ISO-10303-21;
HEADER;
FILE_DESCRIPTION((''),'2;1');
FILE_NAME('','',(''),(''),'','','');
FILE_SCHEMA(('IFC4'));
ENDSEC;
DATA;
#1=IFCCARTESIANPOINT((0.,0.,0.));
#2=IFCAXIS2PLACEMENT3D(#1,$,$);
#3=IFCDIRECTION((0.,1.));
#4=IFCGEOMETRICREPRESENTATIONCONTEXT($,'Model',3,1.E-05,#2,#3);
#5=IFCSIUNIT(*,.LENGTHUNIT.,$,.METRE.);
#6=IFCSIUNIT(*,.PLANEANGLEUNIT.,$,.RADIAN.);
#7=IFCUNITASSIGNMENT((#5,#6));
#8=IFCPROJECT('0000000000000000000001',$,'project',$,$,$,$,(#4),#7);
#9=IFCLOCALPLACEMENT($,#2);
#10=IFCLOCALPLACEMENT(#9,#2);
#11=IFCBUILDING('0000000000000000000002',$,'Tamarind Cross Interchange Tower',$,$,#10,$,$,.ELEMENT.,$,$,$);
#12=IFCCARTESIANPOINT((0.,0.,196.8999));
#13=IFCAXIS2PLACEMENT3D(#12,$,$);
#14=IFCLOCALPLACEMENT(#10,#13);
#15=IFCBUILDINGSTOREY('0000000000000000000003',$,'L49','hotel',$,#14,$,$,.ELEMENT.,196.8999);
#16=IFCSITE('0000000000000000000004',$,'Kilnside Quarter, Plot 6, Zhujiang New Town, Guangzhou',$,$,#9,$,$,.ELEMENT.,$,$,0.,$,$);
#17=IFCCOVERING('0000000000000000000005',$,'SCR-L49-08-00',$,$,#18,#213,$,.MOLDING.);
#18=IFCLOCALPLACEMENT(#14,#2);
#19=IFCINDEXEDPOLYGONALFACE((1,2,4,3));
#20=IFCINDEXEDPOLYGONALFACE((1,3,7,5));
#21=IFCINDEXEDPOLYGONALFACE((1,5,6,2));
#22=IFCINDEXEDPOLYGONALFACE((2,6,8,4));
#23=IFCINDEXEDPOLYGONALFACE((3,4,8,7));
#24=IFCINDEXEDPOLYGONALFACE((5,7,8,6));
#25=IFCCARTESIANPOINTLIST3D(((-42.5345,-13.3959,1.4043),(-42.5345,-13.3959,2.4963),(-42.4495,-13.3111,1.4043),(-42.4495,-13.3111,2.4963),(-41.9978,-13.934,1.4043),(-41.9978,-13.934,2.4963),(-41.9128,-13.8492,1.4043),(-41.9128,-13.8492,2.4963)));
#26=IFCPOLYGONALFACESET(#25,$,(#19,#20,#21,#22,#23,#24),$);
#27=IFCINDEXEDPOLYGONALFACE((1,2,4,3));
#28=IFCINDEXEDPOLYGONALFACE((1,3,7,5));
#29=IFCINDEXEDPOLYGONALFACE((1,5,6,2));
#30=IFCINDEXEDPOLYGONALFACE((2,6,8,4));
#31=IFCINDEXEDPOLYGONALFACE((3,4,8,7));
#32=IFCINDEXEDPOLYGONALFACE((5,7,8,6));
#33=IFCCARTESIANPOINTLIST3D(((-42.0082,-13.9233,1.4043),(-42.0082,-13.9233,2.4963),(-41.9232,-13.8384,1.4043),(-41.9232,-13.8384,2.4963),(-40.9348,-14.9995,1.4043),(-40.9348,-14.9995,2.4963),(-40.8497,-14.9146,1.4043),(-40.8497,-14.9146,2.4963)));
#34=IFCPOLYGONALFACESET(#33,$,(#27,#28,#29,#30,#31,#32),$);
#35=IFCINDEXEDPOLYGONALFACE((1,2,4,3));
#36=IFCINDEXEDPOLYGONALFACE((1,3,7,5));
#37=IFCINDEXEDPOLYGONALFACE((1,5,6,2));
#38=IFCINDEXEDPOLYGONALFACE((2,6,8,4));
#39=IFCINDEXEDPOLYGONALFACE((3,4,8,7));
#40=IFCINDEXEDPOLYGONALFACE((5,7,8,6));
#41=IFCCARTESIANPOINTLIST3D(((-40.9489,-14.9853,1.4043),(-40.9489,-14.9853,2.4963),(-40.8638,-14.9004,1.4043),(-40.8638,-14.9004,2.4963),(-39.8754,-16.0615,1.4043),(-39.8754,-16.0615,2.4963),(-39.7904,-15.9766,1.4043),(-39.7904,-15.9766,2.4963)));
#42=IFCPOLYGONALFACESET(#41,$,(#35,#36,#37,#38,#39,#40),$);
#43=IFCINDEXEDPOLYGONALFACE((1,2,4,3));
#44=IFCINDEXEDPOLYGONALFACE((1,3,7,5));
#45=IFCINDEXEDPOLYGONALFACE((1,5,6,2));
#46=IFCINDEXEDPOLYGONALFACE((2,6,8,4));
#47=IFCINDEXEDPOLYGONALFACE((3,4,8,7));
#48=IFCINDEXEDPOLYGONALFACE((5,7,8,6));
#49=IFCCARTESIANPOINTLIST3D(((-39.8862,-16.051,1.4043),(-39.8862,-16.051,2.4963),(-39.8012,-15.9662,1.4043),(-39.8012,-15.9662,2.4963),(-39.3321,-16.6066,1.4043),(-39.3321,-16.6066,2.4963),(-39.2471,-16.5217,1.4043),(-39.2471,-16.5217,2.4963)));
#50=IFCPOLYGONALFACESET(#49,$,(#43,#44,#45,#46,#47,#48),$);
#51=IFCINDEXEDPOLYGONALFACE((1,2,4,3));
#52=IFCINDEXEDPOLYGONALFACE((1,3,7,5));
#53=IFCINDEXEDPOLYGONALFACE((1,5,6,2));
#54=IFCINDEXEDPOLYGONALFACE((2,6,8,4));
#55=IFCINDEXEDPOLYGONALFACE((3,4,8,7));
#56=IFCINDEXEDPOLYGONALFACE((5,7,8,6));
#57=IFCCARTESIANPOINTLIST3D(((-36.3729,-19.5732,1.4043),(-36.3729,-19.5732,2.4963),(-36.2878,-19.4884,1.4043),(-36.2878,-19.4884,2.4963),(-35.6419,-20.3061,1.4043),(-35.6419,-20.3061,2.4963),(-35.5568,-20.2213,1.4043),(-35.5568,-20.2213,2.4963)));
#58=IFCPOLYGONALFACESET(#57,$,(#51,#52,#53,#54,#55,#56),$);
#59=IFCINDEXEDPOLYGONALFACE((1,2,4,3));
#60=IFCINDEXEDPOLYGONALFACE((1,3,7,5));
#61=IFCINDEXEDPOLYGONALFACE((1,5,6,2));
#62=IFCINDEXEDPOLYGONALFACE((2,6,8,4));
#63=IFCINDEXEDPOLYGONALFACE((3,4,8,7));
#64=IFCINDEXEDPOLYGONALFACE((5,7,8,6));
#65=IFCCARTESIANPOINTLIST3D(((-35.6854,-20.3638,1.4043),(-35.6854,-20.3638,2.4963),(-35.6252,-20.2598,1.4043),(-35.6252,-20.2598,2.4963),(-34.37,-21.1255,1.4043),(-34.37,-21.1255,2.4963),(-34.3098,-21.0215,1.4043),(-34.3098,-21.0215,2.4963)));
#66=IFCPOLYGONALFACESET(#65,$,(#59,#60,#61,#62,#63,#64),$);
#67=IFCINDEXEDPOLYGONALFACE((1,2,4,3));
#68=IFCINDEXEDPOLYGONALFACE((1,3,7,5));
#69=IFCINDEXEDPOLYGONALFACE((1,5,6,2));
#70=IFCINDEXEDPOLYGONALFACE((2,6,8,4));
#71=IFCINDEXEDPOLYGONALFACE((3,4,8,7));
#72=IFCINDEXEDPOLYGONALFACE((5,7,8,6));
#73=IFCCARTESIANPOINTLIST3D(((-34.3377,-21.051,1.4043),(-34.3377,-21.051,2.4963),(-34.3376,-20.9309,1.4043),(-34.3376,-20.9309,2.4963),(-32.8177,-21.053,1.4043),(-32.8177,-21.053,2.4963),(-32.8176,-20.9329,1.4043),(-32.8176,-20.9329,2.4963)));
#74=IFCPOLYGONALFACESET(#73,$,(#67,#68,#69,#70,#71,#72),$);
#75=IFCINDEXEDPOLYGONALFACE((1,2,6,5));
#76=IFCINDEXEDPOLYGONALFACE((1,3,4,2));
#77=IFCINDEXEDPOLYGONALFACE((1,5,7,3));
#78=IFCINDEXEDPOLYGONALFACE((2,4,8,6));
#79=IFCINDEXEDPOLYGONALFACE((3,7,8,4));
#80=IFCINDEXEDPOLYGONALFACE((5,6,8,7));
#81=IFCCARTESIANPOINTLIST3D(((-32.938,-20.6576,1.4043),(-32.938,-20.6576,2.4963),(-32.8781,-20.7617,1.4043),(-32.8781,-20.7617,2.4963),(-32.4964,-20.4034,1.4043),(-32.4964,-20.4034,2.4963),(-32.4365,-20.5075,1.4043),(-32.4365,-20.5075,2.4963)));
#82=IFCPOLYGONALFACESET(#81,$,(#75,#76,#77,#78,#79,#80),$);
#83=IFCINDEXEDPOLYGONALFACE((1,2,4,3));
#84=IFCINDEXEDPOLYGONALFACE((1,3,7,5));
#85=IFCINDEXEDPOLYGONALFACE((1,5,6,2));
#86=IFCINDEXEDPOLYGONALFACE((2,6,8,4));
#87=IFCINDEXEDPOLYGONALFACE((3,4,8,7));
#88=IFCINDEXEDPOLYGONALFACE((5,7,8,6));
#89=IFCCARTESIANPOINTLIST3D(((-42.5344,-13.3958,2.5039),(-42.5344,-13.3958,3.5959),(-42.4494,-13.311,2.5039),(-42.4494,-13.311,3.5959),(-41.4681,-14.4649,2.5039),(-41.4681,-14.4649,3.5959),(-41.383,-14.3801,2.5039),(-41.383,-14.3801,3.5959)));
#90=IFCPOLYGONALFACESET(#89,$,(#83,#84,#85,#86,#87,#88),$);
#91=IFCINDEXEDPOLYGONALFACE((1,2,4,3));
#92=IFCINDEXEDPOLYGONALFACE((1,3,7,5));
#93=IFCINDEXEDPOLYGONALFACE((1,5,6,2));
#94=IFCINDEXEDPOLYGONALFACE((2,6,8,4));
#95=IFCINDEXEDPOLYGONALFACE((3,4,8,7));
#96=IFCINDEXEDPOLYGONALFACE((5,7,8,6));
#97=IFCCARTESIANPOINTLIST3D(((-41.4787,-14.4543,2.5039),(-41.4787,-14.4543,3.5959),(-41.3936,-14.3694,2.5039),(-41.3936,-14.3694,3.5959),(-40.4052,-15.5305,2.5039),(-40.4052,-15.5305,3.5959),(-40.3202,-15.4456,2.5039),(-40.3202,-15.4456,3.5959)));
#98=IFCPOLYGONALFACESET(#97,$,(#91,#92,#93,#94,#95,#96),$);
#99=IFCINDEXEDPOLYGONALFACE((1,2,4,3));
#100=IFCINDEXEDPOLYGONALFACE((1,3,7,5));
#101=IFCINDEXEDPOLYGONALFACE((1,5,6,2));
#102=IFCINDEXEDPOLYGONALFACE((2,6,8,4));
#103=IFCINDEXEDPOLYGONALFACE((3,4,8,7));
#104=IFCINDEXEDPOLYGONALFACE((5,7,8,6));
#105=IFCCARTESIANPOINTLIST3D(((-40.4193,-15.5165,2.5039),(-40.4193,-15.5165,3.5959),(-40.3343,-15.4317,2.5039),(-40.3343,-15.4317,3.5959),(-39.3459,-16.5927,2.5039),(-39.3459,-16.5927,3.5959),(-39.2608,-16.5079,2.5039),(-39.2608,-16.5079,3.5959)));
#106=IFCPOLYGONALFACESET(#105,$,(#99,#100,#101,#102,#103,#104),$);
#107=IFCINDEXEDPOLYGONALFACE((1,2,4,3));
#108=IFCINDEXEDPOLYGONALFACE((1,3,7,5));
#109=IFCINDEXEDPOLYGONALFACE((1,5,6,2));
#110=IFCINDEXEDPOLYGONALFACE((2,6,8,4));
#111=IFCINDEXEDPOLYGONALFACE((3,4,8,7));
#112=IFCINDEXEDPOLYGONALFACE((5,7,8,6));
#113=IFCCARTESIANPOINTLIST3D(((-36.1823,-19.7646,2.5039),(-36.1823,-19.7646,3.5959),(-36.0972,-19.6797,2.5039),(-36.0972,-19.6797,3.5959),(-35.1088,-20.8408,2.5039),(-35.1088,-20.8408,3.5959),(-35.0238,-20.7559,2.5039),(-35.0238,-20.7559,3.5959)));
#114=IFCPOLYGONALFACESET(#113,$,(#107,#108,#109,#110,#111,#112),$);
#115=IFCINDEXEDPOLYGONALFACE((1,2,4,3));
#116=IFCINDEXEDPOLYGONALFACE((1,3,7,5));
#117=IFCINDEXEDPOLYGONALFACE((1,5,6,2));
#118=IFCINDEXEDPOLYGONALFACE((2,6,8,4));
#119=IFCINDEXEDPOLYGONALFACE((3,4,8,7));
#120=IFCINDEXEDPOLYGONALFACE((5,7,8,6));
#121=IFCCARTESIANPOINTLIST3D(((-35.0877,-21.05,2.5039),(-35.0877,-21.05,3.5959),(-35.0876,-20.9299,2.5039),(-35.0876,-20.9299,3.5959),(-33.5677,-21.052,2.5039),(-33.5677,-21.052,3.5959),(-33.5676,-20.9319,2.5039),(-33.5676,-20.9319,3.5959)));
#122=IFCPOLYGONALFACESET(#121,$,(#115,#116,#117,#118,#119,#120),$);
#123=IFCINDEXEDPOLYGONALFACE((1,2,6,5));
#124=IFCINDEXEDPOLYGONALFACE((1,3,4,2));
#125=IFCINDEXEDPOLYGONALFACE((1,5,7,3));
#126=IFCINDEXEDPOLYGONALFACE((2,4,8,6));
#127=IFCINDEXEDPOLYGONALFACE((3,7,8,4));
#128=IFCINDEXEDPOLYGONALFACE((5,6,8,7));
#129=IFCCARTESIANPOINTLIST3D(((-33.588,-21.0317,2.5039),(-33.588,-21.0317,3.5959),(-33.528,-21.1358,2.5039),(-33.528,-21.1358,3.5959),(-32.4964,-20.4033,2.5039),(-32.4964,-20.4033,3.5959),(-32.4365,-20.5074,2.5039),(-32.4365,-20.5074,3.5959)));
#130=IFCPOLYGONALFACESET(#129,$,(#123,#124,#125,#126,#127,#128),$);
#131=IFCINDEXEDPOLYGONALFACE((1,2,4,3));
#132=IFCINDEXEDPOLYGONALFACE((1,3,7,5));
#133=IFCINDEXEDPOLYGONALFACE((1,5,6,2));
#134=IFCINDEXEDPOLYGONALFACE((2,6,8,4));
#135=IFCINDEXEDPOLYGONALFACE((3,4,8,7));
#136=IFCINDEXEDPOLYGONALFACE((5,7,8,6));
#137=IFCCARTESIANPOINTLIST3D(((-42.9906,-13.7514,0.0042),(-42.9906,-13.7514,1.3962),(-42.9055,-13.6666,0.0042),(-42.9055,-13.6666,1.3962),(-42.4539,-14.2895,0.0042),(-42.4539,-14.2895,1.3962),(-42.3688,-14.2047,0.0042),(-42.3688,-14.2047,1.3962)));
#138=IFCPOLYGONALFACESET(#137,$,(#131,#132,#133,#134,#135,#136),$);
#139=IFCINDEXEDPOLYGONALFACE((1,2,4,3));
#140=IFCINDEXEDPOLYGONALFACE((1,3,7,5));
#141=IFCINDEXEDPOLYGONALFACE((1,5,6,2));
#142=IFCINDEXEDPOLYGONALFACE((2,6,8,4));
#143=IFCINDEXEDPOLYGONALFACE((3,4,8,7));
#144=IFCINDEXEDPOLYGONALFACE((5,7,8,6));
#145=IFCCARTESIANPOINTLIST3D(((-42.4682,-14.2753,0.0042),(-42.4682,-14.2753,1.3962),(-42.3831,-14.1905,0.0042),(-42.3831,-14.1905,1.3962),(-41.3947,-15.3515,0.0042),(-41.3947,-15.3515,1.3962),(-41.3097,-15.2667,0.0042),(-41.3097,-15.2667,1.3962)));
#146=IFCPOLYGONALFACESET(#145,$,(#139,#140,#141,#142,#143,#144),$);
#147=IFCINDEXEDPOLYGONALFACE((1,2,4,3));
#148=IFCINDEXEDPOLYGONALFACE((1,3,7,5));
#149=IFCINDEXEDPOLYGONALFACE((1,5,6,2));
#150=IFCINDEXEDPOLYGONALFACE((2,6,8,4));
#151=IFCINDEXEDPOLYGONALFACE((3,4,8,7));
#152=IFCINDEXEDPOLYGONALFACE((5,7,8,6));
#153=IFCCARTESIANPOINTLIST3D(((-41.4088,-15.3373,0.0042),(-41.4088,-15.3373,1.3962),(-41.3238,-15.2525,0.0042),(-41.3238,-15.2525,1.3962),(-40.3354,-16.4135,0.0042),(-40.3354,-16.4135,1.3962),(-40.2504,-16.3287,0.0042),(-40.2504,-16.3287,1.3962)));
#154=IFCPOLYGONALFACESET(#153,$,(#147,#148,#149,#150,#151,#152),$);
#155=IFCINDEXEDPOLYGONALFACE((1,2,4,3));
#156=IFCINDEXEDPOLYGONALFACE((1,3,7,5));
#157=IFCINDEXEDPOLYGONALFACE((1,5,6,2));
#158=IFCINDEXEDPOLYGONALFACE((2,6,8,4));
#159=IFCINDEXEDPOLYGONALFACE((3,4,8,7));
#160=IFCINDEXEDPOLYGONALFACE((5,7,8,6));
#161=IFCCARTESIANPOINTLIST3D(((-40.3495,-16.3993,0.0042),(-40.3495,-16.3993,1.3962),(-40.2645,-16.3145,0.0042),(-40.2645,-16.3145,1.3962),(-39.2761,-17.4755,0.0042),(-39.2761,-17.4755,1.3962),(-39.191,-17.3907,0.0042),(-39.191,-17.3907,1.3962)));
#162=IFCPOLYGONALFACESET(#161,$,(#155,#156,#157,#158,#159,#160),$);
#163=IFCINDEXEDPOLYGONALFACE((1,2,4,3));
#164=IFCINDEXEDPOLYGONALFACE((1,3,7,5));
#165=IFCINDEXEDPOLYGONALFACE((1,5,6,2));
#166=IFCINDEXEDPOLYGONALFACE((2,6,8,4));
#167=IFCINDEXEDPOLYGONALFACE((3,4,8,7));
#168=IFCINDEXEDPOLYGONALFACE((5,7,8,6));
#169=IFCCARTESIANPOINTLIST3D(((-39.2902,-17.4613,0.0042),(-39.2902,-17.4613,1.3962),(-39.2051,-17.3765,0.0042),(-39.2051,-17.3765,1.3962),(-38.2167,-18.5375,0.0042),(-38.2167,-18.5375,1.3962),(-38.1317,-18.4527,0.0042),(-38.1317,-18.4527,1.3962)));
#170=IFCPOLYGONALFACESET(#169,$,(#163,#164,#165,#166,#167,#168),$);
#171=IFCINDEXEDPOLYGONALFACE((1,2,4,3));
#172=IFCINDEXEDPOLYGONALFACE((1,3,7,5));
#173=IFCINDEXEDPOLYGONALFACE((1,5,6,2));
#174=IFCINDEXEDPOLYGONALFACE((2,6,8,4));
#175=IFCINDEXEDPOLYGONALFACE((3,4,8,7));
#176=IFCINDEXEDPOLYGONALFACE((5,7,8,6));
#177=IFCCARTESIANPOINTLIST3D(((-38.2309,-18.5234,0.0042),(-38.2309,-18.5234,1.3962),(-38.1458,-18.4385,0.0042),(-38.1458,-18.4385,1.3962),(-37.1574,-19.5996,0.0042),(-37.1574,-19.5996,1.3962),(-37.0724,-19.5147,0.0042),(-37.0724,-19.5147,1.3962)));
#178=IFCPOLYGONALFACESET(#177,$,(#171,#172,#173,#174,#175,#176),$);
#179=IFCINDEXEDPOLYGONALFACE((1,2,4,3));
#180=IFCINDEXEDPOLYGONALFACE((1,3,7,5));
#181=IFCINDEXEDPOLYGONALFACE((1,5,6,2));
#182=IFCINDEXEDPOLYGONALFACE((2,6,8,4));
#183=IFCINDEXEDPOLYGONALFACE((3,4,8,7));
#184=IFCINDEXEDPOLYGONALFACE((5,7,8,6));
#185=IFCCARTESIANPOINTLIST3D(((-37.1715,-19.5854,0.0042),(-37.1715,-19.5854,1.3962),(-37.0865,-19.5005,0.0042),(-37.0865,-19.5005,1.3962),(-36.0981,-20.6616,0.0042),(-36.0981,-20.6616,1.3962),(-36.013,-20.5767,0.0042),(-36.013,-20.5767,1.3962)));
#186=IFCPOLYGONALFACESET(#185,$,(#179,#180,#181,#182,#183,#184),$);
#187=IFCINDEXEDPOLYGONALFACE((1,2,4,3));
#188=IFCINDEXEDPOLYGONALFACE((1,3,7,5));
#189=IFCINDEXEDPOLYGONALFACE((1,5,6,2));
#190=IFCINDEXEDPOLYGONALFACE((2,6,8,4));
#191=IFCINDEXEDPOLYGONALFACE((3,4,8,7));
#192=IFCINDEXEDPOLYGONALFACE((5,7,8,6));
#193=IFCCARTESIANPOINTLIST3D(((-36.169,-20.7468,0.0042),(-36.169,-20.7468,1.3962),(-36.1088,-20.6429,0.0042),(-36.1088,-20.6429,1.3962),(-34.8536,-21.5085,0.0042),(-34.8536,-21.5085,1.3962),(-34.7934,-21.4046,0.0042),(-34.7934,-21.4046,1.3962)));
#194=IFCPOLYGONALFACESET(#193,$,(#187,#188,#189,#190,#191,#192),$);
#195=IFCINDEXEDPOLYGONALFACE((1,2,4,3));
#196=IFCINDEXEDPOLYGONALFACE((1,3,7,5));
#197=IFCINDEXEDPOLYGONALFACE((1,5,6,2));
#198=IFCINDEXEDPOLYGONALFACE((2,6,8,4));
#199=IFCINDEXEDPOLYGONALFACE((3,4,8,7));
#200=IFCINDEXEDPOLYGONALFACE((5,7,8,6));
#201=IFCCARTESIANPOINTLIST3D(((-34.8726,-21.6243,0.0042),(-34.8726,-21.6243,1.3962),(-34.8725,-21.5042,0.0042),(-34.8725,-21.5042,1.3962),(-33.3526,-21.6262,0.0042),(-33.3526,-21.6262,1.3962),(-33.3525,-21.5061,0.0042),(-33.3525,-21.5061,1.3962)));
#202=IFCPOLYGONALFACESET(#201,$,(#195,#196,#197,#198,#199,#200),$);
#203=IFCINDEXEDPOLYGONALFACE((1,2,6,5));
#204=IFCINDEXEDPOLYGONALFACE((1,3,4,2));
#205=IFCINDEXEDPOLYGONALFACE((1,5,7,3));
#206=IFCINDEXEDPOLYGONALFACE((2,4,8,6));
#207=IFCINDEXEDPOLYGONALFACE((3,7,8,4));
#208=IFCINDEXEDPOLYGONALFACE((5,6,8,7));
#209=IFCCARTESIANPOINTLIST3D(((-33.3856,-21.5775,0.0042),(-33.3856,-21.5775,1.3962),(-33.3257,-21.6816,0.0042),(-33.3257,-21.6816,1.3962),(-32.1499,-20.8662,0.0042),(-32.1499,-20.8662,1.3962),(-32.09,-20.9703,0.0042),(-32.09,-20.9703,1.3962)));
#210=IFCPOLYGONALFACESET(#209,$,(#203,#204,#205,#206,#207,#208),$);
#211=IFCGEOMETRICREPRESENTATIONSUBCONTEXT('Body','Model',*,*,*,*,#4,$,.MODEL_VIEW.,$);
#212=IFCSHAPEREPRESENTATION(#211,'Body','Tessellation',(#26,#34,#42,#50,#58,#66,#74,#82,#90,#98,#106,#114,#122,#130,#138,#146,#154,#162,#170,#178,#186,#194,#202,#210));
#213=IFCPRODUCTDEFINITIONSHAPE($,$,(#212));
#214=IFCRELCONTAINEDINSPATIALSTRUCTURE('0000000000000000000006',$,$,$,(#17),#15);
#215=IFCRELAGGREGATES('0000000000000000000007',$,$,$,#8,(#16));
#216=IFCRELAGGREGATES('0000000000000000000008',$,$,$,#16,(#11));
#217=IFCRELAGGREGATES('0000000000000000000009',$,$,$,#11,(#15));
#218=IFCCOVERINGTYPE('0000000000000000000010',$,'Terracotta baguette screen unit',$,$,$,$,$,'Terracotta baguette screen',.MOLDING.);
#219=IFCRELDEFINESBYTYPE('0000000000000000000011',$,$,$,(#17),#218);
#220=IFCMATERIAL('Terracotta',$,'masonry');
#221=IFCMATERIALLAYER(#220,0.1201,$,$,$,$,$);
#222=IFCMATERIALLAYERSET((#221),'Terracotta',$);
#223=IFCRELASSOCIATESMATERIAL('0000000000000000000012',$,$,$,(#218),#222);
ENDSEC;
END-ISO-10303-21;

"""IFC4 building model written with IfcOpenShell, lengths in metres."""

from ifc_helpers import new_model, si_unit, direction, frame, origin, origin_2d, place, context, subcontext, project, spatial, rectangle, extrude, material, layer, layer_set, type_object, element, save


model = new_model("IFC4")

# Units and contexts
model_context = context("Model", 3, precision=1e-05, world=origin(), true_north=direction((0.0, 1.0)))
body_context = subcontext(model_context, "Body", "Model", "MODEL_VIEW")
ifc_project = project(units=[si_unit("LENGTHUNIT", "METRE"), si_unit("PLANEANGLEUNIT", "RADIAN")], contexts=[model_context])

# Site, building, storey
site_placement = place(None, origin())
site = spatial("IfcSite", under=ifc_project, at=site_placement, Name="Kilnside Quarter, Plot 6, Zhujiang New Town, Guangzhou", CompositionType="ELEMENT", RefElevation=0.0)
building_placement = place(site_placement, origin())
building = spatial("IfcBuilding", under=site, at=building_placement, Name="Tamarind Cross Interchange Tower", CompositionType="ELEMENT")
storey_placement = place(building_placement, frame((0.0, 0.0, 196.8999)))
storey = spatial("IfcBuildingStorey", under=building, at=storey_placement, Name="L49", Description="hotel", CompositionType="ELEMENT", Elevation=196.8999)

# Covering
ifc_material_1 = material(Name="Terracotta", Category="masonry")
ifc_layer_1 = layer(ifc_material_1, 0.1201)
ifc_layer_set_1 = layer_set([ifc_layer_1], Name="Terracotta")
covering_type = type_object("IfcCoveringType", Name="Terracotta baguette screen unit", ElementType="Terracotta baguette screen", PredefinedType="MOLDING", material=ifc_layer_set_1)
covering_1_placement = place(storey_placement, origin())
element("IfcCovering", 1, at=covering_1_placement, inside=storey, type_object=covering_type, Name="SCR-L49-08-00", PredefinedType="MOLDING", context=body_context, shape_type="SweptSolid", body=[
    extrude(rectangle(XDim=0.76, YDim=0.1201, at=origin_2d()), frame((-42.2236, -13.6226, 1.4043), z_axis=(0.0, 0.0, 1.0), x_axis=(0.706198, -0.708015, 0.0)), (0.0, 0.0, 1.0), 1.092),
    extrude(rectangle(XDim=1.52, YDim=0.1201, at=origin_2d()), frame((-41.429, -14.4189, 1.4043), z_axis=(0.0, 0.0, 1.0), x_axis=(0.706198, -0.708015, 0.0)), (0.0, 0.0, 1.0), 1.092),
    extrude(rectangle(XDim=1.52, YDim=0.1201, at=origin_2d()), frame((-40.3696, -15.481, 1.4043), z_axis=(0.0, 0.0, 1.0), x_axis=(0.706198, -0.708015, 0.0)), (0.0, 0.0, 1.0), 1.092),
    extrude(rectangle(XDim=0.7847, YDim=0.1201, at=origin_2d()), frame((-39.5667, -16.2864, 1.4043), z_axis=(0.0, 0.0, 1.0), x_axis=(0.706198, -0.708015, 0.0)), (0.0, 0.0, 1.0), 1.092),
    extrude(rectangle(XDim=1.0352, YDim=0.1201, at=origin_2d()), frame((-35.9648, -19.8972, 1.4043), z_axis=(0.0, 0.0, 1.0), x_axis=(0.706198, -0.708015, 0.0)), (0.0, 0.0, 1.0), 1.092),
    extrude(rectangle(XDim=1.52, YDim=0.1201, at=origin_2d()), frame((-34.9976, -20.6926, 1.4043), z_axis=(0.0, 0.0, 1.0), x_axis=(0.865382, -0.501112, 0.0)), (0.0, 0.0, 1.0), 1.092),
    extrude(rectangle(XDim=1.52, YDim=0.1201, at=origin_2d()), frame((-33.5776, -20.9919, 1.4043), z_axis=(0.0, 0.0, 1.0), x_axis=(0.999999, -0.001285, 0.0)), (0.0, 0.0, 1.0), 1.092),
    extrude(rectangle(XDim=0.5095, YDim=0.1201, at=origin_2d()), frame((-32.6873, -20.5825, 1.4043), z_axis=(0.0, 0.0, 1.0), x_axis=(0.866667, 0.498887, 0.0)), (0.0, 0.0, 1.0), 1.092),
    extrude(rectangle(XDim=1.51, YDim=0.1201, at=origin_2d()), frame((-41.9587, -13.8879, 2.5039), z_axis=(0.0, 0.0, 1.0), x_axis=(0.706198, -0.708015, 0.0)), (0.0, 0.0, 1.0), 1.092),
    extrude(rectangle(XDim=1.52, YDim=0.1201, at=origin_2d()), frame((-40.8994, -14.95, 2.5039), z_axis=(0.0, 0.0, 1.0), x_axis=(0.706198, -0.708015, 0.0)), (0.0, 0.0, 1.0), 1.092),
    extrude(rectangle(XDim=1.52, YDim=0.1201, at=origin_2d()), frame((-39.8401, -16.0122, 2.5039), z_axis=(0.0, 0.0, 1.0), x_axis=(0.706198, -0.708015, 0.0)), (0.0, 0.0, 1.0), 1.092),
    extrude(rectangle(XDim=1.52, YDim=0.1201, at=origin_2d()), frame((-35.603, -20.2603, 2.5039), z_axis=(0.0, 0.0, 1.0), x_axis=(0.706198, -0.708015, 0.0)), (0.0, 0.0, 1.0), 1.092),
    extrude(rectangle(XDim=1.52, YDim=0.1201, at=origin_2d()), frame((-34.3276, -20.991, 2.5039), z_axis=(0.0, 0.0, 1.0), x_axis=(0.999999, -0.001285, 0.0)), (0.0, 0.0, 1.0), 1.092),
    extrude(rectangle(XDim=1.2595, YDim=0.1201, at=origin_2d()), frame((-33.0122, -20.7695, 2.5039), z_axis=(0.0, 0.0, 1.0), x_axis=(0.866667, 0.498887, 0.0)), (0.0, 0.0, 1.0), 1.092),
    extrude(rectangle(XDim=0.76, YDim=0.1201, at=origin_2d()), frame((-42.6797, -13.978, 0.0042), z_axis=(0.0, 0.0, 1.0), x_axis=(0.706198, -0.708015, 0.0)), (0.0, 0.0, 1.0), 1.3921),
    extrude(rectangle(XDim=1.52, YDim=0.1201, at=origin_2d()), frame((-41.8889, -14.771, 0.0042), z_axis=(0.0, 0.0, 1.0), x_axis=(0.706198, -0.708015, 0.0)), (0.0, 0.0, 1.0), 1.3921),
    extrude(rectangle(XDim=1.52, YDim=0.1201, at=origin_2d()), frame((-40.8296, -15.833, 0.0042), z_axis=(0.0, 0.0, 1.0), x_axis=(0.706198, -0.708015, 0.0)), (0.0, 0.0, 1.0), 1.3921),
    extrude(rectangle(XDim=1.52, YDim=0.1201, at=origin_2d()), frame((-39.7703, -16.895, 0.0042), z_axis=(0.0, 0.0, 1.0), x_axis=(0.706198, -0.708015, 0.0)), (0.0, 0.0, 1.0), 1.3921),
    extrude(rectangle(XDim=1.52, YDim=0.1201, at=origin_2d()), frame((-38.7109, -17.957, 0.0042), z_axis=(0.0, 0.0, 1.0), x_axis=(0.706198, -0.708015, 0.0)), (0.0, 0.0, 1.0), 1.3921),
    extrude(rectangle(XDim=1.52, YDim=0.1201, at=origin_2d()), frame((-37.6516, -19.019, 0.0042), z_axis=(0.0, 0.0, 1.0), x_axis=(0.706198, -0.708015, 0.0)), (0.0, 0.0, 1.0), 1.3921),
    extrude(rectangle(XDim=1.52, YDim=0.1201, at=origin_2d()), frame((-36.5923, -20.0811, 0.0042), z_axis=(0.0, 0.0, 1.0), x_axis=(0.706198, -0.708015, 0.0)), (0.0, 0.0, 1.0), 1.3921),
    extrude(rectangle(XDim=1.52, YDim=0.1201, at=origin_2d()), frame((-35.4812, -21.0757, 0.0042), z_axis=(0.0, 0.0, 1.0), x_axis=(0.865382, -0.501112, 0.0)), (0.0, 0.0, 1.0), 1.3921),
    extrude(rectangle(XDim=1.52, YDim=0.1201, at=origin_2d()), frame((-34.1125, -21.5652, 0.0042), z_axis=(0.0, 0.0, 1.0), x_axis=(0.999999, -0.001285, 0.0)), (0.0, 0.0, 1.0), 1.3921),
    extrude(rectangle(XDim=1.4258, YDim=0.1201, at=origin_2d()), frame((-32.7378, -21.2739, 0.0042), z_axis=(0.0, 0.0, 1.0), x_axis=(0.866667, 0.498887, 0.0)), (0.0, 0.0, 1.0), 1.3921),
])

save(model, "model.ifc")
